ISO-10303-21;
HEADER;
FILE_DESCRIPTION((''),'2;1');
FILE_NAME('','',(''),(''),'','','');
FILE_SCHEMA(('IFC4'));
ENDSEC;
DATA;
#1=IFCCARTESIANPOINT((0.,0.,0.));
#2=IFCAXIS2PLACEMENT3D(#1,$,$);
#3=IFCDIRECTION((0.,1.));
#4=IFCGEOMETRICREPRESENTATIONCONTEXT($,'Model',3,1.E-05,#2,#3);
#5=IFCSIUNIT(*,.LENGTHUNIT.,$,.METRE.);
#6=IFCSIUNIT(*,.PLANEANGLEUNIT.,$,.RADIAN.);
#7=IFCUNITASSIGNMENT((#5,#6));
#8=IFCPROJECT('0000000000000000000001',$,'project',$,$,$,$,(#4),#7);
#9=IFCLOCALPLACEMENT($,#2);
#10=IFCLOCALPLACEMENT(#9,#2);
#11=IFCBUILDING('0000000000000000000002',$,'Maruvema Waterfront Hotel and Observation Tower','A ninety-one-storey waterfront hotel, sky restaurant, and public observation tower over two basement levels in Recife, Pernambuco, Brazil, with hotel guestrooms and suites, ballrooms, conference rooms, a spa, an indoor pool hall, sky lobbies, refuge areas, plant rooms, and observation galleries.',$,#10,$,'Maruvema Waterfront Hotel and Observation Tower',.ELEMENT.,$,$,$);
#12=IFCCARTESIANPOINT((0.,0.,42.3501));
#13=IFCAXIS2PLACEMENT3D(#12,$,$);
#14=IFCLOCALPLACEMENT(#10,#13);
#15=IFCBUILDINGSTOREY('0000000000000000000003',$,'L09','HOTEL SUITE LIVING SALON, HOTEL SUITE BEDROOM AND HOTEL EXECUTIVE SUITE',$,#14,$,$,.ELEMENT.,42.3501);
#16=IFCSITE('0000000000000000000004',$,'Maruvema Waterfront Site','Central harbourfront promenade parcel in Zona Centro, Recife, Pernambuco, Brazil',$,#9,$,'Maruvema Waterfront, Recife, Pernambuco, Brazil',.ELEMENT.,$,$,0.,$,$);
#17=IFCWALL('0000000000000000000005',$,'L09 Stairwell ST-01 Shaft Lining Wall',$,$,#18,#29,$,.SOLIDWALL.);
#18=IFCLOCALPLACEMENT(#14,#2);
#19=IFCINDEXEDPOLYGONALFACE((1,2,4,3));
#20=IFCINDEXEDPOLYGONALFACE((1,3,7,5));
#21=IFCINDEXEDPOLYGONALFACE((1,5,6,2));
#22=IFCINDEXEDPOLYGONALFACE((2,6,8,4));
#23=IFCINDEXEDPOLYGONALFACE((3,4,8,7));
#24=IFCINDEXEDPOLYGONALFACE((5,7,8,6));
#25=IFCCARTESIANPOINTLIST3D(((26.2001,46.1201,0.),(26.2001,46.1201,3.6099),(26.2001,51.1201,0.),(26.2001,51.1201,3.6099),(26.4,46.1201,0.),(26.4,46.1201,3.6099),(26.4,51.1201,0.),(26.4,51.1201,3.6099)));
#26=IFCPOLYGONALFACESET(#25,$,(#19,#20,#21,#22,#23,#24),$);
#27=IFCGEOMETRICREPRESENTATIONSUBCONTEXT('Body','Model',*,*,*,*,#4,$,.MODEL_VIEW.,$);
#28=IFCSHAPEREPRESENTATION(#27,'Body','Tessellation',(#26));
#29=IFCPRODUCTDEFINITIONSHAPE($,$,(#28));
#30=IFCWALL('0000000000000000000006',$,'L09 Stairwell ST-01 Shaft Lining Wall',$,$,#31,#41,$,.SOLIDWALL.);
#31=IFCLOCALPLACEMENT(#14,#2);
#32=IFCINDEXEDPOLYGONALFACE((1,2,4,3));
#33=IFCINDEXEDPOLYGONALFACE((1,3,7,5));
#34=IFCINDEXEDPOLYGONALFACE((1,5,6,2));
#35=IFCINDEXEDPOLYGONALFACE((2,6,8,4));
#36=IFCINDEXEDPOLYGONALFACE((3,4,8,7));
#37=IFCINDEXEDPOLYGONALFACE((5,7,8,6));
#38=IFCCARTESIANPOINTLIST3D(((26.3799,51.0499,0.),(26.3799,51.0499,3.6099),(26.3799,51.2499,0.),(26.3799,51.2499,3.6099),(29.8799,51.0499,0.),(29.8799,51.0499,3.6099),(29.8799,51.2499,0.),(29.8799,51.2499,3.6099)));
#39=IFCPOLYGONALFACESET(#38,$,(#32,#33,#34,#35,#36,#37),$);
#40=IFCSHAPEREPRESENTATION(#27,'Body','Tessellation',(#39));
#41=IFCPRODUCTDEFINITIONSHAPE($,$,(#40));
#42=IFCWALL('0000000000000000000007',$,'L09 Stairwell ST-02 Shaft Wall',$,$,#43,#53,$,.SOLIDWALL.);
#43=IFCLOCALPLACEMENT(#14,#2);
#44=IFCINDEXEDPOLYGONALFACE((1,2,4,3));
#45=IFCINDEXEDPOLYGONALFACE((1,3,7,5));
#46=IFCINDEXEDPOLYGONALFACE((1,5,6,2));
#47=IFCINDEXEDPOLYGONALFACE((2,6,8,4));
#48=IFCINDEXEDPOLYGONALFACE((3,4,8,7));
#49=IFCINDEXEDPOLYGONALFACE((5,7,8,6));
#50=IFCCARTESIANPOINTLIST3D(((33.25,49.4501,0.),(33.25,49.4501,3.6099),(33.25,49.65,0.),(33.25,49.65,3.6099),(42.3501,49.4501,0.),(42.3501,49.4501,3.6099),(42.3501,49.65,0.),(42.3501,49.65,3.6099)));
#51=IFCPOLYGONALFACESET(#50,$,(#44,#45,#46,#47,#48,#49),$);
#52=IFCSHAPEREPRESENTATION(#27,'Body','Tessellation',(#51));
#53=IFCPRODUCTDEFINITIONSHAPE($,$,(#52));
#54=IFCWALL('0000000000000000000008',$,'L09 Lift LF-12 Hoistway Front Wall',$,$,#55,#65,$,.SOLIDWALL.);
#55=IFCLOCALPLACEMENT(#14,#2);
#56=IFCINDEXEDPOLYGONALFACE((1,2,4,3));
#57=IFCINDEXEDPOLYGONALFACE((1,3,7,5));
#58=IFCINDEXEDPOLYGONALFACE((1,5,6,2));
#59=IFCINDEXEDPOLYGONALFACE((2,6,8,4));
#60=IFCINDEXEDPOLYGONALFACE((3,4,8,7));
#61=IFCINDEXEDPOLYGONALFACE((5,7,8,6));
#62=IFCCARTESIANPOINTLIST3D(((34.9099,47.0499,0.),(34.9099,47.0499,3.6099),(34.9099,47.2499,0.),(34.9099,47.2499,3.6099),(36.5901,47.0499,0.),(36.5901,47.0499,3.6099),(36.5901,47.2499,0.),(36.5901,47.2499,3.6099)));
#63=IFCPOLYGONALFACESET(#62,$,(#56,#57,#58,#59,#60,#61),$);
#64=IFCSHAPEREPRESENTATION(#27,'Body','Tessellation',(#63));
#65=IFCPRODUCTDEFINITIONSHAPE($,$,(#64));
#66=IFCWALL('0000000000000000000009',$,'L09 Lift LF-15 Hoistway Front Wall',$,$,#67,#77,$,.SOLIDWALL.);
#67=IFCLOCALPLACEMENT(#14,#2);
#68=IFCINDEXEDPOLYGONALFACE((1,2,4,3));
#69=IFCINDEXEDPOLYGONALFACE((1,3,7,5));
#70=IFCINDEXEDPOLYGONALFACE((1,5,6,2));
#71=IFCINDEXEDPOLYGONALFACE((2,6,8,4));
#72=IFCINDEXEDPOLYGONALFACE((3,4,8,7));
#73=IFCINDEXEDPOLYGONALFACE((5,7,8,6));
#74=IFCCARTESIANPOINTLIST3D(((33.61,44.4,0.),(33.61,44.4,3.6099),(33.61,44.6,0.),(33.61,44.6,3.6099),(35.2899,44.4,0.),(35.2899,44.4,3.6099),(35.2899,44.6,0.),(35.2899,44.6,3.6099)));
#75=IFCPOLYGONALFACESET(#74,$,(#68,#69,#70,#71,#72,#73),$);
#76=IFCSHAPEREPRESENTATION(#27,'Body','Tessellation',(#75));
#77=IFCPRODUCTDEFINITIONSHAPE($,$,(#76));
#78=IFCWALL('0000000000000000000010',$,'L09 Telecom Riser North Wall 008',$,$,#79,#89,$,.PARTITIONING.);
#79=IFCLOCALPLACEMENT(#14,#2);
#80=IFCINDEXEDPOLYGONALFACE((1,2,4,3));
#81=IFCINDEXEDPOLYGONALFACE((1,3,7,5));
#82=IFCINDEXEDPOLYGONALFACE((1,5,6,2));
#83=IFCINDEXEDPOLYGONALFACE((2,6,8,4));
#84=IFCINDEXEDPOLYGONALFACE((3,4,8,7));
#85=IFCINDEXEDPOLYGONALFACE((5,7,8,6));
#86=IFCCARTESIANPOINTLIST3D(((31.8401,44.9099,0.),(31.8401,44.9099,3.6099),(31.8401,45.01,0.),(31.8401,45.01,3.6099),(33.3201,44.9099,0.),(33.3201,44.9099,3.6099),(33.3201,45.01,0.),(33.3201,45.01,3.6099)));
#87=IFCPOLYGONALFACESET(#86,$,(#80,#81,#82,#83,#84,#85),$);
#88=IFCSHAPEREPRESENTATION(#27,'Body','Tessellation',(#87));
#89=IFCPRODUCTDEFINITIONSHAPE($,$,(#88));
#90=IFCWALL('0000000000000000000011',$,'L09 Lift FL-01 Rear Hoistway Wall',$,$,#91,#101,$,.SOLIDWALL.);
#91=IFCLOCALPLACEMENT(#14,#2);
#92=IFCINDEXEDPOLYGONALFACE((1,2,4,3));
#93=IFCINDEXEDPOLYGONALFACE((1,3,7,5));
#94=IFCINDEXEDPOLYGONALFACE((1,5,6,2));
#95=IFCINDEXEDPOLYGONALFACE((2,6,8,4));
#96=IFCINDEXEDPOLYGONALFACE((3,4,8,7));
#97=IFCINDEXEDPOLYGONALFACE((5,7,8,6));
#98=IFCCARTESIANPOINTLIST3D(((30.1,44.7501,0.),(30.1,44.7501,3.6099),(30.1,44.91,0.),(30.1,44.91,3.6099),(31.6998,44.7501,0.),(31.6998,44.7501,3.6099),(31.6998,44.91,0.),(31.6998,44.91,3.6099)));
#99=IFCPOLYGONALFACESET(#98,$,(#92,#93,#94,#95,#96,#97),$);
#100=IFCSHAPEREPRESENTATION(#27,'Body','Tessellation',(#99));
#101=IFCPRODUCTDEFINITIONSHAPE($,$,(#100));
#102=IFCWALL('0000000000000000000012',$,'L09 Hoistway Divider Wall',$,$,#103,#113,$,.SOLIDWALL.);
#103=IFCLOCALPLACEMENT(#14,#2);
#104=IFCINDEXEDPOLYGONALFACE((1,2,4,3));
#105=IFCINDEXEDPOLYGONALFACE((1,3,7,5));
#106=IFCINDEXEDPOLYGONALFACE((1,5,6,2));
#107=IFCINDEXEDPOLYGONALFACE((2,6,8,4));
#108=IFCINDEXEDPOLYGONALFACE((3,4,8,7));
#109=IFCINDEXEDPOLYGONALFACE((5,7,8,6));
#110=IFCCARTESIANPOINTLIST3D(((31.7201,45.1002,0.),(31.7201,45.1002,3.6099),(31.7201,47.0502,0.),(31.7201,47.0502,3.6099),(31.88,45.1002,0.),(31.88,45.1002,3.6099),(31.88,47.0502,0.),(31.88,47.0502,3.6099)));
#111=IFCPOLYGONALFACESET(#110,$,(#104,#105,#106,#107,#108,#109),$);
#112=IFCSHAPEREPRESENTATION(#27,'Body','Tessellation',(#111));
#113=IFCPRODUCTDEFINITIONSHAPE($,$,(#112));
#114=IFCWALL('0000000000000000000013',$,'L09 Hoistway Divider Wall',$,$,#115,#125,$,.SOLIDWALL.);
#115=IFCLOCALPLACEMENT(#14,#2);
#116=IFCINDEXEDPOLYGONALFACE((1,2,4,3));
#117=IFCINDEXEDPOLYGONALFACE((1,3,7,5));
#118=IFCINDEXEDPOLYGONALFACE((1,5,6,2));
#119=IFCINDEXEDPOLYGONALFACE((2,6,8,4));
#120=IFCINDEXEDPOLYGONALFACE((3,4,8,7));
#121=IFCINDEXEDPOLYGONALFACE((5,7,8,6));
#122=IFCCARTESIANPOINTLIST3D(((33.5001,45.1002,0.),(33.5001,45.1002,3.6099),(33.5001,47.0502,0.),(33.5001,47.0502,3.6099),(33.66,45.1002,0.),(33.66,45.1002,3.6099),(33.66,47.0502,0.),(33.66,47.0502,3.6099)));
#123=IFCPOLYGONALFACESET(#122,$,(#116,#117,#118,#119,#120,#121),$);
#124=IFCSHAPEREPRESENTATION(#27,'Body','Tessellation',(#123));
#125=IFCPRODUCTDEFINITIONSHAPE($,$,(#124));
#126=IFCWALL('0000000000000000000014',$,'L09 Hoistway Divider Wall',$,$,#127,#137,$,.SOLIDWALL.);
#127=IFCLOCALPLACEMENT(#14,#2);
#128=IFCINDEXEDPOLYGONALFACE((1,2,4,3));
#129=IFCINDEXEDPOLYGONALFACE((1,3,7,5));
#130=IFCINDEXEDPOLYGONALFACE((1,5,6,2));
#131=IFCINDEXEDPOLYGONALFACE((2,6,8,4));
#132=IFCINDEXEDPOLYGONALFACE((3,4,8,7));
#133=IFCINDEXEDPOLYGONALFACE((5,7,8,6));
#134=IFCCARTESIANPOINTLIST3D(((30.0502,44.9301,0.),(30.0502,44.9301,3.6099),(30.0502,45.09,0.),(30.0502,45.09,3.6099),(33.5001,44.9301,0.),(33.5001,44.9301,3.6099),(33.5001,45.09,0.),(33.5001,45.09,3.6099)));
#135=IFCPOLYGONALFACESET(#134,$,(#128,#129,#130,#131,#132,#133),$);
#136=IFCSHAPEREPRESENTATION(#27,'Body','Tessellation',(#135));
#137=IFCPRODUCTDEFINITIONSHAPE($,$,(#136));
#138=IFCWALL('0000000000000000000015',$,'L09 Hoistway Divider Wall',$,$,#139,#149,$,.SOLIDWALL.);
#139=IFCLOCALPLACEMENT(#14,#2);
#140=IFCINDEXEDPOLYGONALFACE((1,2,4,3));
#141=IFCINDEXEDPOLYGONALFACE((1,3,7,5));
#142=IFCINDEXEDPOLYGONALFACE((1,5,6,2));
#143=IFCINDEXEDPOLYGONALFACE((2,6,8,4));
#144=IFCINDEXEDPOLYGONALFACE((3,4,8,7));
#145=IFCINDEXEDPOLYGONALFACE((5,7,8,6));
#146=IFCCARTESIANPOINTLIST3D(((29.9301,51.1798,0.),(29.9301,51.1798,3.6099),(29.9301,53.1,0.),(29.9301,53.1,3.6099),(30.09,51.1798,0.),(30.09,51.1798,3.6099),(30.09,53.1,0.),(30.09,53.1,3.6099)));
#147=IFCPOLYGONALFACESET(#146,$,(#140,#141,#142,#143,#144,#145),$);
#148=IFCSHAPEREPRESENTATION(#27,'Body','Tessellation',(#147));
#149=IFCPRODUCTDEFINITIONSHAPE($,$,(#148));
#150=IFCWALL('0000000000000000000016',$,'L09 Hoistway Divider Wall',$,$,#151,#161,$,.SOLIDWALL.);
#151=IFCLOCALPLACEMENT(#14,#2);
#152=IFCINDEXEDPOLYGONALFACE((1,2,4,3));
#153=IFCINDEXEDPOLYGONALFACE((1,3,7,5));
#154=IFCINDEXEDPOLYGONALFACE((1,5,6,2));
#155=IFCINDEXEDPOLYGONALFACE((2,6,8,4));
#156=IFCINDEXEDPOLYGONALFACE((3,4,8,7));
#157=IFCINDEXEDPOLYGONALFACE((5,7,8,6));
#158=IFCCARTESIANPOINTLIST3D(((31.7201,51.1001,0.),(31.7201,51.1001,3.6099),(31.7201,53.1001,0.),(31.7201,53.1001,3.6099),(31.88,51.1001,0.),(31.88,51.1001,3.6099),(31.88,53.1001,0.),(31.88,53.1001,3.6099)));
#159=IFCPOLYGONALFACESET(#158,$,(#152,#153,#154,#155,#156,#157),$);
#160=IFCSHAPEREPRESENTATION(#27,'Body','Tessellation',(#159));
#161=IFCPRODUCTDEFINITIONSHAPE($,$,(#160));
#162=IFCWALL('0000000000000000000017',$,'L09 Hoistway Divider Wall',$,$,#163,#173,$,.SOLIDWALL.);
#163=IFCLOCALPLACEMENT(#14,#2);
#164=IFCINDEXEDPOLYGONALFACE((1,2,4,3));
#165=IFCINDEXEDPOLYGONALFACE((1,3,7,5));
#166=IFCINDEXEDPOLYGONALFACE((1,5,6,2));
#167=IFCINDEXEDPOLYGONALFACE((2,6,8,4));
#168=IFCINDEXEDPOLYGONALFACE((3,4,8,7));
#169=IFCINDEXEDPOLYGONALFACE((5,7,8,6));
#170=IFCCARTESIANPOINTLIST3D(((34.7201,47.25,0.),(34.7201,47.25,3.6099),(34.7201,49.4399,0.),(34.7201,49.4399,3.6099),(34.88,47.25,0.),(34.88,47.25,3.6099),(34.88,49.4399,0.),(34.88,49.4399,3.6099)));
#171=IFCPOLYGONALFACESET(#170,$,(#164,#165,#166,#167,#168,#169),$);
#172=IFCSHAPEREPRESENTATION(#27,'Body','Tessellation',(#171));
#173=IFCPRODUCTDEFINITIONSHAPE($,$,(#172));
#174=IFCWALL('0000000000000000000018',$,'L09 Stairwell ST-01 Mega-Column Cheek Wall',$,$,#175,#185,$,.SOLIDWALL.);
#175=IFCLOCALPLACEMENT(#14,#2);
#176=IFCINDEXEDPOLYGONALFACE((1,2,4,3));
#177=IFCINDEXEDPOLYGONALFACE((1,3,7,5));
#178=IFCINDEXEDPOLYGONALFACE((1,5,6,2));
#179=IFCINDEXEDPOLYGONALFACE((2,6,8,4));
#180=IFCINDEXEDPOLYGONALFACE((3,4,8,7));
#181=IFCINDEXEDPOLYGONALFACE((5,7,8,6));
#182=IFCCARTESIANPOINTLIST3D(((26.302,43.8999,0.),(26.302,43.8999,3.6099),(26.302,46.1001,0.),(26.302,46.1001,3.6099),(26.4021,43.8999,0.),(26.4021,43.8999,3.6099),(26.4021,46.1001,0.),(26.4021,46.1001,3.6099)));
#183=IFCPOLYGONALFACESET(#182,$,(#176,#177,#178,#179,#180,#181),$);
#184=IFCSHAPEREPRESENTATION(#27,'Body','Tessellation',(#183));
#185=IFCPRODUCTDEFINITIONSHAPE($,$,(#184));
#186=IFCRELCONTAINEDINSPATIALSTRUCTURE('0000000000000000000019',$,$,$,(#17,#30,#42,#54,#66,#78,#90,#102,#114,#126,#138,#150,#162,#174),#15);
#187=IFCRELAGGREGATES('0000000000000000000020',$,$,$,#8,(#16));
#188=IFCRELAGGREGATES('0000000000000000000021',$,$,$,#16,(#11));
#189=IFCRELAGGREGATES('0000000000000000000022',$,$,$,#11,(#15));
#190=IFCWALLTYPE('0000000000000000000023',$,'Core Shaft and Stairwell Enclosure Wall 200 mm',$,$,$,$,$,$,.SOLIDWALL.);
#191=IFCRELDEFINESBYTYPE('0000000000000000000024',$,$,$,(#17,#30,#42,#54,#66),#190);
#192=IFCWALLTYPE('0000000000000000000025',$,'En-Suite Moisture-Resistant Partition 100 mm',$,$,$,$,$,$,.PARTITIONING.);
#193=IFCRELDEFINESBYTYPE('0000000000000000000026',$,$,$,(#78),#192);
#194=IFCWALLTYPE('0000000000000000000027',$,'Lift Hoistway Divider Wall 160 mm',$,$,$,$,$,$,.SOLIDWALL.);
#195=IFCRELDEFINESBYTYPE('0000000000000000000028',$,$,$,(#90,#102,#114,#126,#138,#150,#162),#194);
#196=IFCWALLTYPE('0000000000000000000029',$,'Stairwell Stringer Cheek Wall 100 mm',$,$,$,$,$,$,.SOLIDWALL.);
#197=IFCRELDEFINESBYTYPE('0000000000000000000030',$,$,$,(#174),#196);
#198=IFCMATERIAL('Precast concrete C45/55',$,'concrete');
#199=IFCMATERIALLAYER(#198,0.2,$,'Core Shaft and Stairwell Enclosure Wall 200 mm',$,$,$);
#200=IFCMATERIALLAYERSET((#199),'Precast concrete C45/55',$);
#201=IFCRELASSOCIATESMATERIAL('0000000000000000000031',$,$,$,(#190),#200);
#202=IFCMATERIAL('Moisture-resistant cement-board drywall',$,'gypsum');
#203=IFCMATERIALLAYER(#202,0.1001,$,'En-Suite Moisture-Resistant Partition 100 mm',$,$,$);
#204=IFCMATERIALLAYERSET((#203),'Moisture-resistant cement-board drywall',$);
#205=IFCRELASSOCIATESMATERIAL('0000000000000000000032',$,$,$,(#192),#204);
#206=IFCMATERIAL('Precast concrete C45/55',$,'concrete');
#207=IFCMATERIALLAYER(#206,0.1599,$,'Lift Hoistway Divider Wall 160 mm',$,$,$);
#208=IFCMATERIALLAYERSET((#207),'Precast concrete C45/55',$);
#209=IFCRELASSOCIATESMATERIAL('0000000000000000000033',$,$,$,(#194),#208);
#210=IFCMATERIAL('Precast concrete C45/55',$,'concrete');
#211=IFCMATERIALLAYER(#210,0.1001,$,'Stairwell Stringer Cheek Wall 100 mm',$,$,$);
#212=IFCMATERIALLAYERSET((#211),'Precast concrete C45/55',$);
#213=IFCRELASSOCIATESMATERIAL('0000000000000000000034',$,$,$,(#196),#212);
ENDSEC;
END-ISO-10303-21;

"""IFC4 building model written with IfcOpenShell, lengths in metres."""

from ifc_helpers import new_model, si_unit, direction, frame, frame_2d, origin, place, context, subcontext, project, spatial, rectangle, extrude, material, layer, layer_set, type_object, element, save


model = new_model("IFC4")

# Units and contexts
model_context = context("Model", 3, precision=1e-05, world=origin(), true_north=direction((0.0, 1.0)))
body_context = subcontext(model_context, "Body", "Model", "MODEL_VIEW")
ifc_project = project(units=[si_unit("LENGTHUNIT", "METRE"), si_unit("PLANEANGLEUNIT", "RADIAN")], contexts=[model_context])

# Site, building, storey
site_placement = place(None, origin())
site = spatial("IfcSite", under=ifc_project, at=site_placement, Name="Maruvema Waterfront Site", Description="Central harbourfront promenade parcel in Zona Centro, Recife, Pernambuco, Brazil", LongName="Maruvema Waterfront, Recife, Pernambuco, Brazil", CompositionType="ELEMENT", RefElevation=0.0)
building_placement = place(site_placement, origin())
building = spatial("IfcBuilding", under=site, at=building_placement, Name="Maruvema Waterfront Hotel and Observation Tower", Description="A ninety-one-storey waterfront hotel, sky restaurant, and public observation tower over two basement levels in Recife, Pernambuco, Brazil, with hotel guestrooms and suites, ballrooms, conference rooms, a spa, an indoor pool hall, sky lobbies, refuge areas, plant rooms, and observation galleries.", LongName="Maruvema Waterfront Hotel and Observation Tower", CompositionType="ELEMENT")
storey_placement = place(building_placement, frame((0.0, 0.0, 42.3501)))
storey = spatial("IfcBuildingStorey", under=building, at=storey_placement, Name="L09", Description="HOTEL SUITE LIVING SALON, HOTEL SUITE BEDROOM AND HOTEL EXECUTIVE SUITE", CompositionType="ELEMENT", Elevation=42.3501)

# Walls
ifc_material_1 = material(Name="Precast concrete C45/55", Category="concrete")
ifc_layer_1 = layer(ifc_material_1, 0.2, Name="Core Shaft and Stairwell Enclosure Wall 200 mm")
ifc_layer_set_1 = layer_set([ifc_layer_1], Name="Precast concrete C45/55")
wall_type_1 = type_object("IfcWallType", Name="Core Shaft and Stairwell Enclosure Wall 200 mm", PredefinedType="SOLIDWALL", material=ifc_layer_set_1)
wall_1_placement = place(storey_placement, frame((26.3, 46.1201, 0.0), z_axis=(0.0, 0.0, 1.0), x_axis=(0.0, 1.0, 0.0)))
element("IfcWall", 1, at=wall_1_placement, inside=storey, type_object=wall_type_1, Name="L09 Stairwell ST-01 Shaft Lining Wall", PredefinedType="SOLIDWALL", context=body_context, shape_type="SweptSolid", body=[
    extrude(rectangle(XDim=5.0, YDim=0.2, at=frame_2d((2.5, 0.0))), origin(), (0.0, 0.0, 1.0), 3.6099),
])
wall_2_placement = place(storey_placement, frame((26.3799, 51.1499, 0.0), z_axis=(0.0, 0.0, 1.0), x_axis=(1.0, 0.0, 0.0)))
element("IfcWall", 2, at=wall_2_placement, inside=storey, type_object=wall_type_1, Name="L09 Stairwell ST-01 Shaft Lining Wall", PredefinedType="SOLIDWALL", context=body_context, shape_type="SweptSolid", body=[
    extrude(rectangle(XDim=3.5, YDim=0.2, at=frame_2d((1.75, 0.0))), origin(), (0.0, 0.0, 1.0), 3.6099),
])
wall_3_placement = place(storey_placement, frame((33.25, 49.55, 0.0), z_axis=(0.0, 0.0, 1.0), x_axis=(1.0, 0.0, 0.0)))
element("IfcWall", 3, at=wall_3_placement, inside=storey, type_object=wall_type_1, Name="L09 Stairwell ST-02 Shaft Wall", PredefinedType="SOLIDWALL", context=body_context, shape_type="SweptSolid", body=[
    extrude(rectangle(XDim=9.1001, YDim=0.2, at=frame_2d((4.55, 0.0))), origin(), (0.0, 0.0, 1.0), 3.6099),
])

# Walls
wall_4_placement = place(storey_placement, frame((34.9099, 47.1499, 0.0), z_axis=(0.0, 0.0, 1.0), x_axis=(1.0, 0.0, 0.0)))
element("IfcWall", 4, at=wall_4_placement, inside=storey, type_object=wall_type_1, Name="L09 Lift LF-12 Hoistway Front Wall", PredefinedType="SOLIDWALL", context=body_context, shape_type="SweptSolid", body=[
    extrude(rectangle(XDim=1.6802, YDim=0.2, at=frame_2d((0.8401, 0.0))), origin(), (0.0, 0.0, 1.0), 3.6099),
])
wall_5_placement = place(storey_placement, frame((33.6101, 44.5, 0.0), z_axis=(0.0, 0.0, 1.0), x_axis=(1.0, 0.0, 0.0)))
element("IfcWall", 5, at=wall_5_placement, inside=storey, type_object=wall_type_1, Name="L09 Lift LF-15 Hoistway Front Wall", PredefinedType="SOLIDWALL", context=body_context, shape_type="SweptSolid", body=[
    extrude(rectangle(XDim=1.6799, YDim=0.2, at=frame_2d((0.8398, 0.0))), origin(), (0.0, 0.0, 1.0), 3.6099),
])
ifc_material_2 = material(Name="Moisture-resistant cement-board drywall", Category="gypsum")
ifc_layer_2 = layer(ifc_material_2, 0.1001, Name="En-Suite Moisture-Resistant Partition 100 mm")
ifc_layer_set_2 = layer_set([ifc_layer_2], Name="Moisture-resistant cement-board drywall")
wall_type_2 = type_object("IfcWallType", Name="En-Suite Moisture-Resistant Partition 100 mm", PredefinedType="PARTITIONING", material=ifc_layer_set_2)
wall_6_placement = place(storey_placement, frame((31.8401, 44.96, 0.0), z_axis=(0.0, 0.0, 1.0), x_axis=(1.0, 0.0, 0.0)))
element("IfcWall", 6, at=wall_6_placement, inside=storey, type_object=wall_type_2, Name="L09 Telecom Riser North Wall 008", PredefinedType="PARTITIONING", context=body_context, shape_type="SweptSolid", body=[
    extrude(rectangle(XDim=1.48, YDim=0.1001, at=frame_2d((0.74, 0.0))), origin(), (0.0, 0.0, 1.0), 3.6099),
])
ifc_material_3 = material(Name="Precast concrete C45/55", Category="concrete")
ifc_layer_3 = layer(ifc_material_3, 0.1599, Name="Lift Hoistway Divider Wall 160 mm")
ifc_layer_set_3 = layer_set([ifc_layer_3], Name="Precast concrete C45/55")
wall_type_3 = type_object("IfcWallType", Name="Lift Hoistway Divider Wall 160 mm", PredefinedType="SOLIDWALL", material=ifc_layer_set_3)
wall_7_placement = place(storey_placement, frame((30.1001, 44.8301, 0.0), z_axis=(0.0, 0.0, 1.0), x_axis=(1.0, 0.0, 0.0)))
element("IfcWall", 7, at=wall_7_placement, inside=storey, type_object=wall_type_3, Name="L09 Lift FL-01 Rear Hoistway Wall", PredefinedType="SOLIDWALL", context=body_context, shape_type="SweptSolid", body=[
    extrude(rectangle(XDim=1.5999, YDim=0.1599, at=frame_2d((0.7998, 0.0))), origin(), (0.0, 0.0, 1.0), 3.6099),
])
for number, where, z_axis, x_axis, name in (
    (8, (31.8, 45.1001, 0.0), (0.0, 0.0, 1.0), (0.0, 1.0, 0.0), "L09 Hoistway Divider Wall"),
    (9, (33.5801, 45.1001, 0.0), (0.0, 0.0, 1.0), (0.0, 1.0, 0.0), "L09 Hoistway Divider Wall"),
):
    element("IfcWall", number, at=place(storey_placement, frame(where, z_axis=z_axis, x_axis=x_axis)), inside=storey, type_object=wall_type_3, Name=name, PredefinedType="SOLIDWALL", context=body_context, shape_type="SweptSolid", body=[
        extrude(rectangle(XDim=1.95, YDim=0.1599, at=frame_2d((0.9751, 0.0))), origin(), (0.0, 0.0, 1.0), 3.6099),
    ])
wall_8_placement = place(storey_placement, frame((30.05, 45.01, 0.0), z_axis=(0.0, 0.0, 1.0), x_axis=(1.0, 0.0, 0.0)))
element("IfcWall", 10, at=wall_8_placement, inside=storey, type_object=wall_type_3, Name="L09 Hoistway Divider Wall", PredefinedType="SOLIDWALL", context=body_context, shape_type="SweptSolid", body=[
    extrude(rectangle(XDim=3.45, YDim=0.1599, at=frame_2d((1.7251, 0.0))), origin(), (0.0, 0.0, 1.0), 3.6099),
])
wall_9_placement = place(storey_placement, frame((30.01, 51.1799, 0.0), z_axis=(0.0, 0.0, 1.0), x_axis=(0.0, 1.0, 0.0)))
element("IfcWall", 11, at=wall_9_placement, inside=storey, type_object=wall_type_3, Name="L09 Hoistway Divider Wall", PredefinedType="SOLIDWALL", context=body_context, shape_type="SweptSolid", body=[
    extrude(rectangle(XDim=1.9202, YDim=0.1599, at=frame_2d((0.96, 0.0))), origin(), (0.0, 0.0, 1.0), 3.6099),
])
wall_10_placement = place(storey_placement, frame((31.8, 51.1001, 0.0), z_axis=(0.0, 0.0, 1.0), x_axis=(0.0, 1.0, 0.0)))
element("IfcWall", 12, at=wall_10_placement, inside=storey, type_object=wall_type_3, Name="L09 Hoistway Divider Wall", PredefinedType="SOLIDWALL", context=body_context, shape_type="SweptSolid", body=[
    extrude(rectangle(XDim=2.0, YDim=0.1599, at=frame_2d((1.0, 0.0))), origin(), (0.0, 0.0, 1.0), 3.6099),
])
wall_11_placement = place(storey_placement, frame((34.8, 47.25, 0.0), z_axis=(0.0, 0.0, 1.0), x_axis=(0.0, 1.0, 0.0)))
element("IfcWall", 13, at=wall_11_placement, inside=storey, type_object=wall_type_3, Name="L09 Hoistway Divider Wall", PredefinedType="SOLIDWALL", context=body_context, shape_type="SweptSolid", body=[
    extrude(rectangle(XDim=2.1899, YDim=0.1599, at=frame_2d((1.095, 0.0))), origin(), (0.0, 0.0, 1.0), 3.6099),
])
ifc_material_4 = material(Name="Precast concrete C45/55", Category="concrete")
ifc_layer_4 = layer(ifc_material_4, 0.1001, Name="Stairwell Stringer Cheek Wall 100 mm")
ifc_layer_set_4 = layer_set([ifc_layer_4], Name="Precast concrete C45/55")
wall_type_4 = type_object("IfcWallType", Name="Stairwell Stringer Cheek Wall 100 mm", PredefinedType="SOLIDWALL", material=ifc_layer_set_4)
wall_12_placement = place(storey_placement, frame((26.3521, 43.8999, 0.0), z_axis=(0.0, 0.0, 1.0), x_axis=(0.0, 1.0, 0.0)))
element("IfcWall", 14, at=wall_12_placement, inside=storey, type_object=wall_type_4, Name="L09 Stairwell ST-01 Mega-Column Cheek Wall", PredefinedType="SOLIDWALL", context=body_context, shape_type="SweptSolid", body=[
    extrude(rectangle(XDim=2.2002, YDim=0.1001, at=frame_2d((1.1001, 0.0))), origin(), (0.0, 0.0, 1.0), 3.6099),
])

save(model, "model.ifc")
